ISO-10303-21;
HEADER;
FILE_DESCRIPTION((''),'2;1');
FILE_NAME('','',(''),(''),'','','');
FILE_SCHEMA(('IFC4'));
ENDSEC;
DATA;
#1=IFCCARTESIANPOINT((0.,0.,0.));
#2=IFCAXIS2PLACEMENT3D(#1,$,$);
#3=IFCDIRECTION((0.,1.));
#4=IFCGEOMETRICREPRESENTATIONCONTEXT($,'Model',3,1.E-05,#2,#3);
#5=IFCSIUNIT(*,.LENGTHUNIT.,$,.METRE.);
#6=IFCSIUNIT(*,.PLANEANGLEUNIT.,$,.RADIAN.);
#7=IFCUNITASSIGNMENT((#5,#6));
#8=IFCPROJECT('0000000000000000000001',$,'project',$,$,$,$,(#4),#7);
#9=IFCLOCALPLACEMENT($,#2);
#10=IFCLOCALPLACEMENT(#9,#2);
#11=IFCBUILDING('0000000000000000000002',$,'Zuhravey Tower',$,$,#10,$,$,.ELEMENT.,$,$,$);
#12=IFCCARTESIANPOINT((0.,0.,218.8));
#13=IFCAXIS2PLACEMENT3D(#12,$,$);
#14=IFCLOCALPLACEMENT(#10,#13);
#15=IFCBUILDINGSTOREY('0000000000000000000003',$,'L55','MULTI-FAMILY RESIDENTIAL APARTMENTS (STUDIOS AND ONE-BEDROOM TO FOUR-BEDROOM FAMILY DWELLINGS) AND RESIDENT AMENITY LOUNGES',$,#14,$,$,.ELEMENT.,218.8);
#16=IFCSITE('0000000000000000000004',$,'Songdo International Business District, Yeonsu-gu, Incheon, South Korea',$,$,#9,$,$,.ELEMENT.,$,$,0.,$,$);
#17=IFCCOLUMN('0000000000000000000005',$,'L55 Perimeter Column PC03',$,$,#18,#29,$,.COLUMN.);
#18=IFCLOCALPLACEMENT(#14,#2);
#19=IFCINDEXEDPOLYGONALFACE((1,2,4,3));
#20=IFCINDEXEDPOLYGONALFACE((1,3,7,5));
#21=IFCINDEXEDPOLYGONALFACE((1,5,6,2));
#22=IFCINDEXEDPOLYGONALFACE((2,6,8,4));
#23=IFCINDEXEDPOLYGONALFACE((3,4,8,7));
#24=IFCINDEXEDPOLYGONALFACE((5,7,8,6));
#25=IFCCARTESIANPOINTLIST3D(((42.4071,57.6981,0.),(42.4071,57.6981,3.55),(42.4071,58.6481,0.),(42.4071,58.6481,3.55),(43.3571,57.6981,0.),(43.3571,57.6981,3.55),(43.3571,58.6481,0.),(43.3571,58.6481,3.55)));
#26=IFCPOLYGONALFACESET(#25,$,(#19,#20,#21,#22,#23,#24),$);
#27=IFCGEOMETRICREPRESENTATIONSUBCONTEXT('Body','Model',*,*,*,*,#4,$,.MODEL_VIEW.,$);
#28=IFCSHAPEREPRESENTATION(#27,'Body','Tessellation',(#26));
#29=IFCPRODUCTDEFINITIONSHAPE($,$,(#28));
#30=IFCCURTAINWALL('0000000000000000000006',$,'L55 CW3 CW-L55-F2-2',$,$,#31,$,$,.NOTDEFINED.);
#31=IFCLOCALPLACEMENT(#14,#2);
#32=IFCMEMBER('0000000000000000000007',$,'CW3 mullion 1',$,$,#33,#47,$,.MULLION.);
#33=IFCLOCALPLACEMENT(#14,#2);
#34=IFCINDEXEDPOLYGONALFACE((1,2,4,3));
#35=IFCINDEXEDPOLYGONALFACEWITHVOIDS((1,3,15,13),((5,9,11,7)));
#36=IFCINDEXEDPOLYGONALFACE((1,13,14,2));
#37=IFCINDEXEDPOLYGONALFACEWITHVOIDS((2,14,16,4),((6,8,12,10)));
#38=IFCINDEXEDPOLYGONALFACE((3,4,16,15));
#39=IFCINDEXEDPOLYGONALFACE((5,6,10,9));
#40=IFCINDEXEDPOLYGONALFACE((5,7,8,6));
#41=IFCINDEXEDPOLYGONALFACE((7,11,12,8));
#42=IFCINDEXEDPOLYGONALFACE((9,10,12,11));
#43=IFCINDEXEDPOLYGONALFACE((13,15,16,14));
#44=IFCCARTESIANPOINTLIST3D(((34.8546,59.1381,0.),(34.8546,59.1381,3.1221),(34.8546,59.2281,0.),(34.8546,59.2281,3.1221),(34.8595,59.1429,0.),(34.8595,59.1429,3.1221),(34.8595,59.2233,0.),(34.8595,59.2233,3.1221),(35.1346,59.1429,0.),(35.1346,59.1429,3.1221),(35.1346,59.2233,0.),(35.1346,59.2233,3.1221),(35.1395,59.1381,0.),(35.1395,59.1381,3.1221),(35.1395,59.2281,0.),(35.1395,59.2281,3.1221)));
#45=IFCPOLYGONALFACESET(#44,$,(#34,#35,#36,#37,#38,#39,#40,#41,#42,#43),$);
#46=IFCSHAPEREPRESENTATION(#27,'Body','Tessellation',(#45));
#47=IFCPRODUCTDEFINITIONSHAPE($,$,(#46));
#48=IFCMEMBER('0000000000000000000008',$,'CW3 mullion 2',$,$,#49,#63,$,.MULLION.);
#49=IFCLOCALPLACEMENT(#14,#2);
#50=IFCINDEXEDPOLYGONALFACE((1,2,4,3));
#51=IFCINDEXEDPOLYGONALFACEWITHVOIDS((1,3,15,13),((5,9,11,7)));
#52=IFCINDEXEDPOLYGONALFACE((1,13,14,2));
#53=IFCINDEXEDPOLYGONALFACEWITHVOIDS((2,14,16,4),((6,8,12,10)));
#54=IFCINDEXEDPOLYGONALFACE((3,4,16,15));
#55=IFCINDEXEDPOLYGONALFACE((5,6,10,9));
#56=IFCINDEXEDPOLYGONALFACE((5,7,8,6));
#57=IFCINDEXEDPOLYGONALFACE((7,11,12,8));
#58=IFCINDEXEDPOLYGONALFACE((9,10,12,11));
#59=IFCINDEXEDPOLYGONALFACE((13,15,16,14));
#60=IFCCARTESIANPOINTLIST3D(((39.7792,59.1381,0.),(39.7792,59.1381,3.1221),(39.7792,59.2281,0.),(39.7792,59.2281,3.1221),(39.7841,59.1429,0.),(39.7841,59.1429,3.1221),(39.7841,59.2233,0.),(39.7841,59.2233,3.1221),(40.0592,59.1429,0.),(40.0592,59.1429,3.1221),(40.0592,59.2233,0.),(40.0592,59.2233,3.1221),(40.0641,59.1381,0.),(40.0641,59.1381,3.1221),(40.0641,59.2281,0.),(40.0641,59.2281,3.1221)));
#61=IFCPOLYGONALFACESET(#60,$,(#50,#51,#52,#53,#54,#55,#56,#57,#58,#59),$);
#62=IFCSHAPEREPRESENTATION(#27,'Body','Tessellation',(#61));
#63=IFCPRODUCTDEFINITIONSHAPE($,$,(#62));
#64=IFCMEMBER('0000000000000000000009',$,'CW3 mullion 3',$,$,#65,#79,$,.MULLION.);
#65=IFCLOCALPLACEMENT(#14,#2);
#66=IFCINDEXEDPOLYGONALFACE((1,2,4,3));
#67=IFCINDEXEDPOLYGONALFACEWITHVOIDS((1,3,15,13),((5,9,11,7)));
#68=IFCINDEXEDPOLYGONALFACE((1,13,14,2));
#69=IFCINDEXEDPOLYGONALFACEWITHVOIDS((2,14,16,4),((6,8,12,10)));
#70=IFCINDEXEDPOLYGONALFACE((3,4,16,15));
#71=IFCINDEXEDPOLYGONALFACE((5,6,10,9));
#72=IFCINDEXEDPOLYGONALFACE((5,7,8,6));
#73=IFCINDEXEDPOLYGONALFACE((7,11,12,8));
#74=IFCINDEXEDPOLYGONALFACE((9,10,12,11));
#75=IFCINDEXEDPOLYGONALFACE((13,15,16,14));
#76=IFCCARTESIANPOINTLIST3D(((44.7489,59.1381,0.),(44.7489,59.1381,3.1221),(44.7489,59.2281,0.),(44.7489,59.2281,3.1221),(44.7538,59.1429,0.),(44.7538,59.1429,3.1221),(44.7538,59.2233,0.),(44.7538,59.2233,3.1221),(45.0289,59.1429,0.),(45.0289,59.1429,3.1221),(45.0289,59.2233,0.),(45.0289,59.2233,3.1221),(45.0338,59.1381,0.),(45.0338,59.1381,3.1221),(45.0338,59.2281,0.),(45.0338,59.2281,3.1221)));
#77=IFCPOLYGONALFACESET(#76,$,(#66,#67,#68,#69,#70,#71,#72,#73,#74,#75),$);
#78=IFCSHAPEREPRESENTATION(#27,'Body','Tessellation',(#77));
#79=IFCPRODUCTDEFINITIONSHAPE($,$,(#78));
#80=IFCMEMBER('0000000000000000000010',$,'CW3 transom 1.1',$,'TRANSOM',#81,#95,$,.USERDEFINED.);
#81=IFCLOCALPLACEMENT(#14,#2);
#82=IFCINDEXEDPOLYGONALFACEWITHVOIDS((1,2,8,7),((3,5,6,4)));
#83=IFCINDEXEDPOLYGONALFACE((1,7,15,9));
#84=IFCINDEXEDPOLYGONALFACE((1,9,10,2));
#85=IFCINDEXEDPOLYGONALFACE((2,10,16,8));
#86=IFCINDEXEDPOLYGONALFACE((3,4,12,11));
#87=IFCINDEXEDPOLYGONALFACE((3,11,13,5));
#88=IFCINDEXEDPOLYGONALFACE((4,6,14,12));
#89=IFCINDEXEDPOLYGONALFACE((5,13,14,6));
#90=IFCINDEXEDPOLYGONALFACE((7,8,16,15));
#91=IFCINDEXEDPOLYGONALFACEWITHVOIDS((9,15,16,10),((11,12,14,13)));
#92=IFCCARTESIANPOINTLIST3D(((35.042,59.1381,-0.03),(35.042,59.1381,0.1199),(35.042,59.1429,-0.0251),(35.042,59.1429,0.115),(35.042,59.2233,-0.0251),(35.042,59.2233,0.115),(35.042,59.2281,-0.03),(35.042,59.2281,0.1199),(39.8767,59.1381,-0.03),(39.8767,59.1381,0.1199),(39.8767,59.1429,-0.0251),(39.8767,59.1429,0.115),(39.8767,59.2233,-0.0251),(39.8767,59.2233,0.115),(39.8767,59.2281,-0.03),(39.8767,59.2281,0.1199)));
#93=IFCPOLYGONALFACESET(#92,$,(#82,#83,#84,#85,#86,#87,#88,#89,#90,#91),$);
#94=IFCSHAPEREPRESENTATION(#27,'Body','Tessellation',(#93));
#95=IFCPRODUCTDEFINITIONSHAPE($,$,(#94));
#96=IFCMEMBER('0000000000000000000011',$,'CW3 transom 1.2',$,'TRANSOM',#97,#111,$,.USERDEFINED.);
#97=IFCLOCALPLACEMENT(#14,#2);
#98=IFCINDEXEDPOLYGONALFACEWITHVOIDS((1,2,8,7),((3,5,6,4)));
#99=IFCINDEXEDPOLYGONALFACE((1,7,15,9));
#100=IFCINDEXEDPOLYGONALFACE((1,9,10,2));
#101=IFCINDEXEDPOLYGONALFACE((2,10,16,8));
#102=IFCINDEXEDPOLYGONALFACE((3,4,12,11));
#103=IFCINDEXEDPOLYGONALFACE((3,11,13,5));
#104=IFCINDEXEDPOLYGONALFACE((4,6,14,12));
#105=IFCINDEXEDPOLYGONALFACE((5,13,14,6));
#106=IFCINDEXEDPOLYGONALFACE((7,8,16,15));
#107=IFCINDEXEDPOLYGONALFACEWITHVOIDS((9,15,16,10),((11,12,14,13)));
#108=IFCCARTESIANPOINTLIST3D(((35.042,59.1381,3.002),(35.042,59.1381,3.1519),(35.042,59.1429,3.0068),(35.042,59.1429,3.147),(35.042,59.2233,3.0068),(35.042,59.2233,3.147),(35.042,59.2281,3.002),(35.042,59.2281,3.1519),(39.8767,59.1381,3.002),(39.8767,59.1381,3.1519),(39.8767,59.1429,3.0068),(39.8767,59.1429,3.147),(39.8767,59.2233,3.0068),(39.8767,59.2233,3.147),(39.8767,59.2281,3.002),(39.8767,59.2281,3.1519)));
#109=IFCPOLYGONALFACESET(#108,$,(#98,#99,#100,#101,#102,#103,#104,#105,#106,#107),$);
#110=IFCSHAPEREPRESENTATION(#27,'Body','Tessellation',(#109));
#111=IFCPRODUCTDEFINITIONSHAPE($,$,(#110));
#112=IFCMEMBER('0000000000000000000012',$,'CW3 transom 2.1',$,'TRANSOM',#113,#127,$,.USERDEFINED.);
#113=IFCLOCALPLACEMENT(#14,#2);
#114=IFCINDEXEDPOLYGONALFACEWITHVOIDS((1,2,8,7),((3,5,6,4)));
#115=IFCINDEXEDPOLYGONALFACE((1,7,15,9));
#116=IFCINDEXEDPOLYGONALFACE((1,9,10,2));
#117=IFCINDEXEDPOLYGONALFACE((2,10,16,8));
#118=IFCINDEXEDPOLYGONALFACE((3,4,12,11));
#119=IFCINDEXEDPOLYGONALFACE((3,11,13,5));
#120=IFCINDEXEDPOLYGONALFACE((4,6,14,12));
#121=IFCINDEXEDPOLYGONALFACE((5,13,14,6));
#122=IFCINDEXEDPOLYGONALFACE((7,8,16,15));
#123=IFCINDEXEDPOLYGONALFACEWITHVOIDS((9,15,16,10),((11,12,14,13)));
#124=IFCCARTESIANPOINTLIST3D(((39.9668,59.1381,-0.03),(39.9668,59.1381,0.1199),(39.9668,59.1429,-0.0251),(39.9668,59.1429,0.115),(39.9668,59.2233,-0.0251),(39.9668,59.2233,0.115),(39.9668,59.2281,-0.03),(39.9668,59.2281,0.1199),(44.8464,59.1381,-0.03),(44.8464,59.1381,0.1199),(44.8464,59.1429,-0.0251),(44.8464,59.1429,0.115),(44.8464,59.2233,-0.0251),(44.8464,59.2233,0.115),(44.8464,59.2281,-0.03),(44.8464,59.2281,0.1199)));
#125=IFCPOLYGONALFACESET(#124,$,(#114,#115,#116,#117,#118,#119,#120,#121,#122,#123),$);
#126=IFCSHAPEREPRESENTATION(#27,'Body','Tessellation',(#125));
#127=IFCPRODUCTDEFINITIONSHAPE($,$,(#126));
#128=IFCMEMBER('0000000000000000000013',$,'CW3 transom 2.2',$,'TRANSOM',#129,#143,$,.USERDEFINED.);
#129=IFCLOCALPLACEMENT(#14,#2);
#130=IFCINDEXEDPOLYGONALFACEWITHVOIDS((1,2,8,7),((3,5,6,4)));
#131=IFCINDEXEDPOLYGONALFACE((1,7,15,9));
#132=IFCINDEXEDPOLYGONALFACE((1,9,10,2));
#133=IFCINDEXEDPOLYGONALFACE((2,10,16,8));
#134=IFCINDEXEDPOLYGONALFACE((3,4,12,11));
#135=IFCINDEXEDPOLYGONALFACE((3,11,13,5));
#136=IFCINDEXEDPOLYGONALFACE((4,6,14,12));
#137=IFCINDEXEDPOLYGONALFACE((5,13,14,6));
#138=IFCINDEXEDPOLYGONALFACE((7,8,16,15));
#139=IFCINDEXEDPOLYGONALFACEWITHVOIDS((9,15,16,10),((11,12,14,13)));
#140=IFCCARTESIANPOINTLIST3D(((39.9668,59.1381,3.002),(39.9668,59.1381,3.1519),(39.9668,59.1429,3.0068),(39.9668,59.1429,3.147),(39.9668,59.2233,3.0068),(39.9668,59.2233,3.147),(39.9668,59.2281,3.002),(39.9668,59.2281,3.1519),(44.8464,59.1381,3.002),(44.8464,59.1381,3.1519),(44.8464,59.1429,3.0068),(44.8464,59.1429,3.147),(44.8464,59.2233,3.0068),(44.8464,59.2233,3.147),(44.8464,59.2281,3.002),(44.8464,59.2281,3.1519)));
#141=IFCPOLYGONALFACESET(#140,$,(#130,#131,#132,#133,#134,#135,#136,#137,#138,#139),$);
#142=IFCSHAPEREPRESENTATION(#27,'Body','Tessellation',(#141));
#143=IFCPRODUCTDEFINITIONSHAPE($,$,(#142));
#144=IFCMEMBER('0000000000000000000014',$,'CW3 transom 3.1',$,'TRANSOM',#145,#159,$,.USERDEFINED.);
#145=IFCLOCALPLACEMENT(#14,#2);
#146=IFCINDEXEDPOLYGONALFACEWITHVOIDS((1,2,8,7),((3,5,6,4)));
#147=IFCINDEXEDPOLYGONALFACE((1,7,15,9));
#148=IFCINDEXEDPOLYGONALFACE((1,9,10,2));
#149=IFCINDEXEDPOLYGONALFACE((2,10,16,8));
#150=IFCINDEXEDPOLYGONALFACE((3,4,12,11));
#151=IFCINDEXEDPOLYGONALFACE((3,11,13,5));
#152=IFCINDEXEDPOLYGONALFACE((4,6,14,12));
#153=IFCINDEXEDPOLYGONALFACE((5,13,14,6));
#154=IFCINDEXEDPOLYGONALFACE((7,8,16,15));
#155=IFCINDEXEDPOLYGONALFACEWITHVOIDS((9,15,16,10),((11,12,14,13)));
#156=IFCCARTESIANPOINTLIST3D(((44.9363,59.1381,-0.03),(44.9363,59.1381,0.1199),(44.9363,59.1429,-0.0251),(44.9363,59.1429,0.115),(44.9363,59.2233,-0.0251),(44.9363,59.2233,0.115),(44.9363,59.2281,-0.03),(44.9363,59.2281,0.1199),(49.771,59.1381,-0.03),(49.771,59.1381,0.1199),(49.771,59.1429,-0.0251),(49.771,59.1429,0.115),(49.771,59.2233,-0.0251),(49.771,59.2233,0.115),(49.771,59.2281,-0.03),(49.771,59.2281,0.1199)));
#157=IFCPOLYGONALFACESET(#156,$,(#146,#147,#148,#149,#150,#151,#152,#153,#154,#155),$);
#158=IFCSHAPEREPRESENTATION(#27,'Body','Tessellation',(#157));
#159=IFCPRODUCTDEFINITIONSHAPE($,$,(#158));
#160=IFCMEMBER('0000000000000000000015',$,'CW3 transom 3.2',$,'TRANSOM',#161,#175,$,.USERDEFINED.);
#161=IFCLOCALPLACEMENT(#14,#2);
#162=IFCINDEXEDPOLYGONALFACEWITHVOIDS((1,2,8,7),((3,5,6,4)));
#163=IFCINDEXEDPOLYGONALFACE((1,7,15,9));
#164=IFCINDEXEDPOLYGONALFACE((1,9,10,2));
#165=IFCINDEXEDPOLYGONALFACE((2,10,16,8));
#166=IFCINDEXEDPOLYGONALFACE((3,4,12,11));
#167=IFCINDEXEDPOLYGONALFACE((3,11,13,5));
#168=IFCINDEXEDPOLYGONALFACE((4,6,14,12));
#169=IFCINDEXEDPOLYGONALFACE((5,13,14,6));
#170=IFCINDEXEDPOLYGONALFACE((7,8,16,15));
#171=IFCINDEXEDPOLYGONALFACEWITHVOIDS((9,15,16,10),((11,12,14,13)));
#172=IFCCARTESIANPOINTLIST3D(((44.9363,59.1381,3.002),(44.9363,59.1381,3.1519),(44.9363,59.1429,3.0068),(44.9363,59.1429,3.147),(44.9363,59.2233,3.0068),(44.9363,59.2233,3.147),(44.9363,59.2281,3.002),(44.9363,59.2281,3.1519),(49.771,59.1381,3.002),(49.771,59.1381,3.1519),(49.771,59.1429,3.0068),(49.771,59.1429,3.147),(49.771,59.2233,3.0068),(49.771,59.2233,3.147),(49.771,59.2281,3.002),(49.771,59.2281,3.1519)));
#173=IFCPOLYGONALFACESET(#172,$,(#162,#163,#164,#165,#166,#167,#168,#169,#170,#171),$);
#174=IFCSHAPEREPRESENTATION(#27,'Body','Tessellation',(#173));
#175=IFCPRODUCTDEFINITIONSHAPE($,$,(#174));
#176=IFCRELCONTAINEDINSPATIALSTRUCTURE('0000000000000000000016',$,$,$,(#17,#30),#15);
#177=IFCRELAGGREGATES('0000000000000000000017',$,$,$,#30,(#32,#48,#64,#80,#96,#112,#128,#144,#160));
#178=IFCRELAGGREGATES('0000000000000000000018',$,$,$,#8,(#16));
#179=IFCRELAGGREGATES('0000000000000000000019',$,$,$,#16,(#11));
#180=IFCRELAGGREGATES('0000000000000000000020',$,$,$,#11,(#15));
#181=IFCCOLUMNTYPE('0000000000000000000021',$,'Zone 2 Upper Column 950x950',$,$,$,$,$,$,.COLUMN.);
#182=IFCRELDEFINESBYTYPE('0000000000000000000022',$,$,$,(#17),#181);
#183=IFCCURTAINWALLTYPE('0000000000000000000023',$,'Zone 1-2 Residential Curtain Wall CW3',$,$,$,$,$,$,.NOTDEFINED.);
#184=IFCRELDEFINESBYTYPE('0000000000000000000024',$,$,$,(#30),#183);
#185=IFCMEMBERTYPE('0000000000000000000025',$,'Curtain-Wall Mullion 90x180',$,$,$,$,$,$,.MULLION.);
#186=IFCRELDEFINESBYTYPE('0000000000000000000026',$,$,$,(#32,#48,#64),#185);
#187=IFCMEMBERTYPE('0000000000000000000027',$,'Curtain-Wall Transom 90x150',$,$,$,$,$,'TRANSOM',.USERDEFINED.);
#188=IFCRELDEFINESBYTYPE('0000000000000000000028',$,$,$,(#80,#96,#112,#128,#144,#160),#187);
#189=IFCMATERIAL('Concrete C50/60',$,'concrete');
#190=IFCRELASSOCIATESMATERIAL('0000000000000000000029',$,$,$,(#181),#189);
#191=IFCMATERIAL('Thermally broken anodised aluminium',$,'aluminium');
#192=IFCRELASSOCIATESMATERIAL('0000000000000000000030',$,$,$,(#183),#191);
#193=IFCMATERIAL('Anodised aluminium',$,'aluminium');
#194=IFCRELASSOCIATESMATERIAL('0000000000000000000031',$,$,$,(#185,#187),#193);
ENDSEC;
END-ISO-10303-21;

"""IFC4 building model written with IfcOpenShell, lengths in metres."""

from ifc_helpers import new_model, si_unit, direction, frame, origin, origin_2d, place, context, subcontext, project, spatial, rectangle, hollow_rectangle, extrude, material, material_profile, profile_set, type_object, element, aggregate, save


model = new_model("IFC4")

# Units and contexts
model_context = context("Model", 3, precision=1e-05, world=origin(), true_north=direction((0.0, 1.0)))
body_context = subcontext(model_context, "Body", "Model", "MODEL_VIEW")
ifc_project = project(units=[si_unit("LENGTHUNIT", "METRE"), si_unit("PLANEANGLEUNIT", "RADIAN")], contexts=[model_context])

# Site, building, storey
site_placement = place(None, origin())
site = spatial("IfcSite", under=ifc_project, at=site_placement, Name="Songdo International Business District, Yeonsu-gu, Incheon, South Korea", CompositionType="ELEMENT", RefElevation=0.0)
building_placement = place(site_placement, origin())
building = spatial("IfcBuilding", under=site, at=building_placement, Name="Zuhravey Tower", CompositionType="ELEMENT")
storey_placement = place(building_placement, frame((0.0, 0.0, 218.8)))
storey = spatial("IfcBuildingStorey", under=building, at=storey_placement, Name="L55", Description="MULTI-FAMILY RESIDENTIAL APARTMENTS (STUDIOS AND ONE-BEDROOM TO FOUR-BEDROOM FAMILY DWELLINGS) AND RESIDENT AMENITY LOUNGES", CompositionType="ELEMENT", Elevation=218.8)

# Column
ifc_material_1 = material(Name="Concrete C50/60", Category="concrete")
ifc_material_profile_1 = material_profile(ifc_material_1, rectangle(XDim=0.95, YDim=0.95, at=origin_2d()), Name="RC-950x950")
ifc_profile_set_1 = profile_set([ifc_material_profile_1], Name="Concrete C50/60")
column_type = type_object("IfcColumnType", Name="Zone 2 Upper Column 950x950", PredefinedType="COLUMN", material=ifc_profile_set_1)
column_placement = place(storey_placement, frame((42.8821, 58.1731, 0.0), z_axis=(0.0, 0.0, 1.0), x_axis=(-1.0, 0.0, 0.0)))
element("IfcColumn", 1, at=column_placement, inside=storey, type_object=column_type, Name="L55 Perimeter Column PC03", PredefinedType="COLUMN", context=body_context, shape_type="SweptSolid", body=[
    extrude(rectangle(XDim=0.95, YDim=0.95, at=origin_2d()), origin(), (0.0, 0.0, 1.0), 3.55),
])

# Curtain wall, members
ifc_material_2 = material(Name="Thermally broken anodised aluminium", Category="aluminium")
curtain_wall_type = type_object("IfcCurtainWallType", Name="Zone 1-2 Residential Curtain Wall CW3", PredefinedType="NOTDEFINED", material=ifc_material_2)
curtain_wall_placement = place(storey_placement, origin())
curtain_wall = element("IfcCurtainWall", 2, at=curtain_wall_placement, inside=storey, type_object=curtain_wall_type, Name="L55 CW3 CW-L55-F2-2", PredefinedType="NOTDEFINED")
ifc_material_3 = material(Name="Anodised aluminium", Category="aluminium")
ifc_material_profile_2 = material_profile(ifc_material_3, hollow_rectangle(XDim=0.0901, YDim=0.2849, WallThickness=0.0049, at=origin_2d()), Name="ALU-RHS-90x285x5")
ifc_profile_set_2 = profile_set([ifc_material_profile_2], Name="Anodised aluminium")
member_type_1 = type_object("IfcMemberType", Name="Curtain-Wall Mullion 90x180", PredefinedType="MULLION", material=ifc_profile_set_2)
member_1_placement = place(storey_placement, frame((34.9971, 59.1831, 0.0), z_axis=(0.0, 0.0, 1.0), x_axis=(0.0, 1.0, 0.0)))
member_1 = element("IfcMember", 3, at=member_1_placement, type_object=member_type_1, Name="CW3 mullion 1", PredefinedType="MULLION", context=body_context, shape_type="SweptSolid", body=[
    extrude(hollow_rectangle(XDim=0.0901, YDim=0.2849, WallThickness=0.0049, at=origin_2d()), origin(), (0.0, 0.0, 1.0), 3.1221),
])
member_2_placement = place(storey_placement, frame((39.9216, 59.1831, 0.0), z_axis=(0.0, 0.0, 1.0), x_axis=(0.0, 1.0, 0.0)))
member_2 = element("IfcMember", 4, at=member_2_placement, type_object=member_type_1, Name="CW3 mullion 2", PredefinedType="MULLION", context=body_context, shape_type="SweptSolid", body=[
    extrude(hollow_rectangle(XDim=0.0901, YDim=0.2849, WallThickness=0.0049, at=origin_2d()), origin(), (0.0, 0.0, 1.0), 3.1221),
])
member_3_placement = place(storey_placement, frame((44.8914, 59.1831, 0.0), z_axis=(0.0, 0.0, 1.0), x_axis=(0.0, 1.0, 0.0)))
member_3 = element("IfcMember", 5, at=member_3_placement, type_object=member_type_1, Name="CW3 mullion 3", PredefinedType="MULLION", context=body_context, shape_type="SweptSolid", body=[
    extrude(hollow_rectangle(XDim=0.0901, YDim=0.2849, WallThickness=0.0049, at=origin_2d()), origin(), (0.0, 0.0, 1.0), 3.1221),
])
ifc_material_profile_3 = material_profile(ifc_material_3, hollow_rectangle(XDim=0.0901, YDim=0.1499, WallThickness=0.0049, at=origin_2d()), Name="ALU-RHS-90x150x5")
ifc_profile_set_3 = profile_set([ifc_material_profile_3], Name="Anodised aluminium")
member_type_2 = type_object("IfcMemberType", Name="Curtain-Wall Transom 90x150", ElementType="TRANSOM", PredefinedType="USERDEFINED", material=ifc_profile_set_3)
member_4_placement = place(storey_placement, frame((35.042, 59.1831, 0.0449), z_axis=(1.0, 0.0, 0.0), x_axis=(0.0, 1.0, 0.0)))
member_4 = element("IfcMember", 6, at=member_4_placement, type_object=member_type_2, Name="CW3 transom 1.1", ObjectType="TRANSOM", PredefinedType="USERDEFINED", context=body_context, shape_type="SweptSolid", body=[
    extrude(hollow_rectangle(XDim=0.0901, YDim=0.1499, WallThickness=0.0049, at=origin_2d()), origin(), (0.0, 0.0, 1.0), 4.8347),
])
member_5_placement = place(storey_placement, frame((35.042, 59.1831, 3.0769), z_axis=(1.0, 0.0, 0.0), x_axis=(0.0, 1.0, 0.0)))
member_5 = element("IfcMember", 7, at=member_5_placement, type_object=member_type_2, Name="CW3 transom 1.2", ObjectType="TRANSOM", PredefinedType="USERDEFINED", context=body_context, shape_type="SweptSolid", body=[
    extrude(hollow_rectangle(XDim=0.0901, YDim=0.1499, WallThickness=0.0049, at=origin_2d()), origin(), (0.0, 0.0, 1.0), 4.8347),
])
member_6_placement = place(storey_placement, frame((39.9668, 59.1831, 0.0449), z_axis=(1.0, 0.0, 0.0), x_axis=(0.0, 1.0, 0.0)))
member_6 = element("IfcMember", 8, at=member_6_placement, type_object=member_type_2, Name="CW3 transom 2.1", ObjectType="TRANSOM", PredefinedType="USERDEFINED", context=body_context, shape_type="SweptSolid", body=[
    extrude(hollow_rectangle(XDim=0.0901, YDim=0.1499, WallThickness=0.0049, at=origin_2d()), origin(), (0.0, 0.0, 1.0), 4.8796),
])
member_7_placement = place(storey_placement, frame((39.9668, 59.1831, 3.0769), z_axis=(1.0, 0.0, 0.0), x_axis=(0.0, 1.0, 0.0)))
member_7 = element("IfcMember", 9, at=member_7_placement, type_object=member_type_2, Name="CW3 transom 2.2", ObjectType="TRANSOM", PredefinedType="USERDEFINED", context=body_context, shape_type="SweptSolid", body=[
    extrude(hollow_rectangle(XDim=0.0901, YDim=0.1499, WallThickness=0.0049, at=origin_2d()), origin(), (0.0, 0.0, 1.0), 4.8796),
])
member_8_placement = place(storey_placement, frame((44.9363, 59.1831, 0.0449), z_axis=(1.0, 0.0, 0.0), x_axis=(0.0, 1.0, 0.0)))
member_8 = element("IfcMember", 10, at=member_8_placement, type_object=member_type_2, Name="CW3 transom 3.1", ObjectType="TRANSOM", PredefinedType="USERDEFINED", context=body_context, shape_type="SweptSolid", body=[
    extrude(hollow_rectangle(XDim=0.0901, YDim=0.1499, WallThickness=0.0049, at=origin_2d()), origin(), (0.0, 0.0, 1.0), 4.8347),
])
member_9_placement = place(storey_placement, frame((44.9363, 59.1831, 3.0769), z_axis=(1.0, 0.0, 0.0), x_axis=(0.0, 1.0, 0.0)))
member_9 = element("IfcMember", 11, at=member_9_placement, type_object=member_type_2, Name="CW3 transom 3.2", ObjectType="TRANSOM", PredefinedType="USERDEFINED", context=body_context, shape_type="SweptSolid", body=[
    extrude(hollow_rectangle(XDim=0.0901, YDim=0.1499, WallThickness=0.0049, at=origin_2d()), origin(), (0.0, 0.0, 1.0), 4.8347),
])

aggregate(curtain_wall, [member_1, member_2, member_3, member_4, member_5, member_6, member_7, member_8, member_9])

save(model, "model.ifc")
